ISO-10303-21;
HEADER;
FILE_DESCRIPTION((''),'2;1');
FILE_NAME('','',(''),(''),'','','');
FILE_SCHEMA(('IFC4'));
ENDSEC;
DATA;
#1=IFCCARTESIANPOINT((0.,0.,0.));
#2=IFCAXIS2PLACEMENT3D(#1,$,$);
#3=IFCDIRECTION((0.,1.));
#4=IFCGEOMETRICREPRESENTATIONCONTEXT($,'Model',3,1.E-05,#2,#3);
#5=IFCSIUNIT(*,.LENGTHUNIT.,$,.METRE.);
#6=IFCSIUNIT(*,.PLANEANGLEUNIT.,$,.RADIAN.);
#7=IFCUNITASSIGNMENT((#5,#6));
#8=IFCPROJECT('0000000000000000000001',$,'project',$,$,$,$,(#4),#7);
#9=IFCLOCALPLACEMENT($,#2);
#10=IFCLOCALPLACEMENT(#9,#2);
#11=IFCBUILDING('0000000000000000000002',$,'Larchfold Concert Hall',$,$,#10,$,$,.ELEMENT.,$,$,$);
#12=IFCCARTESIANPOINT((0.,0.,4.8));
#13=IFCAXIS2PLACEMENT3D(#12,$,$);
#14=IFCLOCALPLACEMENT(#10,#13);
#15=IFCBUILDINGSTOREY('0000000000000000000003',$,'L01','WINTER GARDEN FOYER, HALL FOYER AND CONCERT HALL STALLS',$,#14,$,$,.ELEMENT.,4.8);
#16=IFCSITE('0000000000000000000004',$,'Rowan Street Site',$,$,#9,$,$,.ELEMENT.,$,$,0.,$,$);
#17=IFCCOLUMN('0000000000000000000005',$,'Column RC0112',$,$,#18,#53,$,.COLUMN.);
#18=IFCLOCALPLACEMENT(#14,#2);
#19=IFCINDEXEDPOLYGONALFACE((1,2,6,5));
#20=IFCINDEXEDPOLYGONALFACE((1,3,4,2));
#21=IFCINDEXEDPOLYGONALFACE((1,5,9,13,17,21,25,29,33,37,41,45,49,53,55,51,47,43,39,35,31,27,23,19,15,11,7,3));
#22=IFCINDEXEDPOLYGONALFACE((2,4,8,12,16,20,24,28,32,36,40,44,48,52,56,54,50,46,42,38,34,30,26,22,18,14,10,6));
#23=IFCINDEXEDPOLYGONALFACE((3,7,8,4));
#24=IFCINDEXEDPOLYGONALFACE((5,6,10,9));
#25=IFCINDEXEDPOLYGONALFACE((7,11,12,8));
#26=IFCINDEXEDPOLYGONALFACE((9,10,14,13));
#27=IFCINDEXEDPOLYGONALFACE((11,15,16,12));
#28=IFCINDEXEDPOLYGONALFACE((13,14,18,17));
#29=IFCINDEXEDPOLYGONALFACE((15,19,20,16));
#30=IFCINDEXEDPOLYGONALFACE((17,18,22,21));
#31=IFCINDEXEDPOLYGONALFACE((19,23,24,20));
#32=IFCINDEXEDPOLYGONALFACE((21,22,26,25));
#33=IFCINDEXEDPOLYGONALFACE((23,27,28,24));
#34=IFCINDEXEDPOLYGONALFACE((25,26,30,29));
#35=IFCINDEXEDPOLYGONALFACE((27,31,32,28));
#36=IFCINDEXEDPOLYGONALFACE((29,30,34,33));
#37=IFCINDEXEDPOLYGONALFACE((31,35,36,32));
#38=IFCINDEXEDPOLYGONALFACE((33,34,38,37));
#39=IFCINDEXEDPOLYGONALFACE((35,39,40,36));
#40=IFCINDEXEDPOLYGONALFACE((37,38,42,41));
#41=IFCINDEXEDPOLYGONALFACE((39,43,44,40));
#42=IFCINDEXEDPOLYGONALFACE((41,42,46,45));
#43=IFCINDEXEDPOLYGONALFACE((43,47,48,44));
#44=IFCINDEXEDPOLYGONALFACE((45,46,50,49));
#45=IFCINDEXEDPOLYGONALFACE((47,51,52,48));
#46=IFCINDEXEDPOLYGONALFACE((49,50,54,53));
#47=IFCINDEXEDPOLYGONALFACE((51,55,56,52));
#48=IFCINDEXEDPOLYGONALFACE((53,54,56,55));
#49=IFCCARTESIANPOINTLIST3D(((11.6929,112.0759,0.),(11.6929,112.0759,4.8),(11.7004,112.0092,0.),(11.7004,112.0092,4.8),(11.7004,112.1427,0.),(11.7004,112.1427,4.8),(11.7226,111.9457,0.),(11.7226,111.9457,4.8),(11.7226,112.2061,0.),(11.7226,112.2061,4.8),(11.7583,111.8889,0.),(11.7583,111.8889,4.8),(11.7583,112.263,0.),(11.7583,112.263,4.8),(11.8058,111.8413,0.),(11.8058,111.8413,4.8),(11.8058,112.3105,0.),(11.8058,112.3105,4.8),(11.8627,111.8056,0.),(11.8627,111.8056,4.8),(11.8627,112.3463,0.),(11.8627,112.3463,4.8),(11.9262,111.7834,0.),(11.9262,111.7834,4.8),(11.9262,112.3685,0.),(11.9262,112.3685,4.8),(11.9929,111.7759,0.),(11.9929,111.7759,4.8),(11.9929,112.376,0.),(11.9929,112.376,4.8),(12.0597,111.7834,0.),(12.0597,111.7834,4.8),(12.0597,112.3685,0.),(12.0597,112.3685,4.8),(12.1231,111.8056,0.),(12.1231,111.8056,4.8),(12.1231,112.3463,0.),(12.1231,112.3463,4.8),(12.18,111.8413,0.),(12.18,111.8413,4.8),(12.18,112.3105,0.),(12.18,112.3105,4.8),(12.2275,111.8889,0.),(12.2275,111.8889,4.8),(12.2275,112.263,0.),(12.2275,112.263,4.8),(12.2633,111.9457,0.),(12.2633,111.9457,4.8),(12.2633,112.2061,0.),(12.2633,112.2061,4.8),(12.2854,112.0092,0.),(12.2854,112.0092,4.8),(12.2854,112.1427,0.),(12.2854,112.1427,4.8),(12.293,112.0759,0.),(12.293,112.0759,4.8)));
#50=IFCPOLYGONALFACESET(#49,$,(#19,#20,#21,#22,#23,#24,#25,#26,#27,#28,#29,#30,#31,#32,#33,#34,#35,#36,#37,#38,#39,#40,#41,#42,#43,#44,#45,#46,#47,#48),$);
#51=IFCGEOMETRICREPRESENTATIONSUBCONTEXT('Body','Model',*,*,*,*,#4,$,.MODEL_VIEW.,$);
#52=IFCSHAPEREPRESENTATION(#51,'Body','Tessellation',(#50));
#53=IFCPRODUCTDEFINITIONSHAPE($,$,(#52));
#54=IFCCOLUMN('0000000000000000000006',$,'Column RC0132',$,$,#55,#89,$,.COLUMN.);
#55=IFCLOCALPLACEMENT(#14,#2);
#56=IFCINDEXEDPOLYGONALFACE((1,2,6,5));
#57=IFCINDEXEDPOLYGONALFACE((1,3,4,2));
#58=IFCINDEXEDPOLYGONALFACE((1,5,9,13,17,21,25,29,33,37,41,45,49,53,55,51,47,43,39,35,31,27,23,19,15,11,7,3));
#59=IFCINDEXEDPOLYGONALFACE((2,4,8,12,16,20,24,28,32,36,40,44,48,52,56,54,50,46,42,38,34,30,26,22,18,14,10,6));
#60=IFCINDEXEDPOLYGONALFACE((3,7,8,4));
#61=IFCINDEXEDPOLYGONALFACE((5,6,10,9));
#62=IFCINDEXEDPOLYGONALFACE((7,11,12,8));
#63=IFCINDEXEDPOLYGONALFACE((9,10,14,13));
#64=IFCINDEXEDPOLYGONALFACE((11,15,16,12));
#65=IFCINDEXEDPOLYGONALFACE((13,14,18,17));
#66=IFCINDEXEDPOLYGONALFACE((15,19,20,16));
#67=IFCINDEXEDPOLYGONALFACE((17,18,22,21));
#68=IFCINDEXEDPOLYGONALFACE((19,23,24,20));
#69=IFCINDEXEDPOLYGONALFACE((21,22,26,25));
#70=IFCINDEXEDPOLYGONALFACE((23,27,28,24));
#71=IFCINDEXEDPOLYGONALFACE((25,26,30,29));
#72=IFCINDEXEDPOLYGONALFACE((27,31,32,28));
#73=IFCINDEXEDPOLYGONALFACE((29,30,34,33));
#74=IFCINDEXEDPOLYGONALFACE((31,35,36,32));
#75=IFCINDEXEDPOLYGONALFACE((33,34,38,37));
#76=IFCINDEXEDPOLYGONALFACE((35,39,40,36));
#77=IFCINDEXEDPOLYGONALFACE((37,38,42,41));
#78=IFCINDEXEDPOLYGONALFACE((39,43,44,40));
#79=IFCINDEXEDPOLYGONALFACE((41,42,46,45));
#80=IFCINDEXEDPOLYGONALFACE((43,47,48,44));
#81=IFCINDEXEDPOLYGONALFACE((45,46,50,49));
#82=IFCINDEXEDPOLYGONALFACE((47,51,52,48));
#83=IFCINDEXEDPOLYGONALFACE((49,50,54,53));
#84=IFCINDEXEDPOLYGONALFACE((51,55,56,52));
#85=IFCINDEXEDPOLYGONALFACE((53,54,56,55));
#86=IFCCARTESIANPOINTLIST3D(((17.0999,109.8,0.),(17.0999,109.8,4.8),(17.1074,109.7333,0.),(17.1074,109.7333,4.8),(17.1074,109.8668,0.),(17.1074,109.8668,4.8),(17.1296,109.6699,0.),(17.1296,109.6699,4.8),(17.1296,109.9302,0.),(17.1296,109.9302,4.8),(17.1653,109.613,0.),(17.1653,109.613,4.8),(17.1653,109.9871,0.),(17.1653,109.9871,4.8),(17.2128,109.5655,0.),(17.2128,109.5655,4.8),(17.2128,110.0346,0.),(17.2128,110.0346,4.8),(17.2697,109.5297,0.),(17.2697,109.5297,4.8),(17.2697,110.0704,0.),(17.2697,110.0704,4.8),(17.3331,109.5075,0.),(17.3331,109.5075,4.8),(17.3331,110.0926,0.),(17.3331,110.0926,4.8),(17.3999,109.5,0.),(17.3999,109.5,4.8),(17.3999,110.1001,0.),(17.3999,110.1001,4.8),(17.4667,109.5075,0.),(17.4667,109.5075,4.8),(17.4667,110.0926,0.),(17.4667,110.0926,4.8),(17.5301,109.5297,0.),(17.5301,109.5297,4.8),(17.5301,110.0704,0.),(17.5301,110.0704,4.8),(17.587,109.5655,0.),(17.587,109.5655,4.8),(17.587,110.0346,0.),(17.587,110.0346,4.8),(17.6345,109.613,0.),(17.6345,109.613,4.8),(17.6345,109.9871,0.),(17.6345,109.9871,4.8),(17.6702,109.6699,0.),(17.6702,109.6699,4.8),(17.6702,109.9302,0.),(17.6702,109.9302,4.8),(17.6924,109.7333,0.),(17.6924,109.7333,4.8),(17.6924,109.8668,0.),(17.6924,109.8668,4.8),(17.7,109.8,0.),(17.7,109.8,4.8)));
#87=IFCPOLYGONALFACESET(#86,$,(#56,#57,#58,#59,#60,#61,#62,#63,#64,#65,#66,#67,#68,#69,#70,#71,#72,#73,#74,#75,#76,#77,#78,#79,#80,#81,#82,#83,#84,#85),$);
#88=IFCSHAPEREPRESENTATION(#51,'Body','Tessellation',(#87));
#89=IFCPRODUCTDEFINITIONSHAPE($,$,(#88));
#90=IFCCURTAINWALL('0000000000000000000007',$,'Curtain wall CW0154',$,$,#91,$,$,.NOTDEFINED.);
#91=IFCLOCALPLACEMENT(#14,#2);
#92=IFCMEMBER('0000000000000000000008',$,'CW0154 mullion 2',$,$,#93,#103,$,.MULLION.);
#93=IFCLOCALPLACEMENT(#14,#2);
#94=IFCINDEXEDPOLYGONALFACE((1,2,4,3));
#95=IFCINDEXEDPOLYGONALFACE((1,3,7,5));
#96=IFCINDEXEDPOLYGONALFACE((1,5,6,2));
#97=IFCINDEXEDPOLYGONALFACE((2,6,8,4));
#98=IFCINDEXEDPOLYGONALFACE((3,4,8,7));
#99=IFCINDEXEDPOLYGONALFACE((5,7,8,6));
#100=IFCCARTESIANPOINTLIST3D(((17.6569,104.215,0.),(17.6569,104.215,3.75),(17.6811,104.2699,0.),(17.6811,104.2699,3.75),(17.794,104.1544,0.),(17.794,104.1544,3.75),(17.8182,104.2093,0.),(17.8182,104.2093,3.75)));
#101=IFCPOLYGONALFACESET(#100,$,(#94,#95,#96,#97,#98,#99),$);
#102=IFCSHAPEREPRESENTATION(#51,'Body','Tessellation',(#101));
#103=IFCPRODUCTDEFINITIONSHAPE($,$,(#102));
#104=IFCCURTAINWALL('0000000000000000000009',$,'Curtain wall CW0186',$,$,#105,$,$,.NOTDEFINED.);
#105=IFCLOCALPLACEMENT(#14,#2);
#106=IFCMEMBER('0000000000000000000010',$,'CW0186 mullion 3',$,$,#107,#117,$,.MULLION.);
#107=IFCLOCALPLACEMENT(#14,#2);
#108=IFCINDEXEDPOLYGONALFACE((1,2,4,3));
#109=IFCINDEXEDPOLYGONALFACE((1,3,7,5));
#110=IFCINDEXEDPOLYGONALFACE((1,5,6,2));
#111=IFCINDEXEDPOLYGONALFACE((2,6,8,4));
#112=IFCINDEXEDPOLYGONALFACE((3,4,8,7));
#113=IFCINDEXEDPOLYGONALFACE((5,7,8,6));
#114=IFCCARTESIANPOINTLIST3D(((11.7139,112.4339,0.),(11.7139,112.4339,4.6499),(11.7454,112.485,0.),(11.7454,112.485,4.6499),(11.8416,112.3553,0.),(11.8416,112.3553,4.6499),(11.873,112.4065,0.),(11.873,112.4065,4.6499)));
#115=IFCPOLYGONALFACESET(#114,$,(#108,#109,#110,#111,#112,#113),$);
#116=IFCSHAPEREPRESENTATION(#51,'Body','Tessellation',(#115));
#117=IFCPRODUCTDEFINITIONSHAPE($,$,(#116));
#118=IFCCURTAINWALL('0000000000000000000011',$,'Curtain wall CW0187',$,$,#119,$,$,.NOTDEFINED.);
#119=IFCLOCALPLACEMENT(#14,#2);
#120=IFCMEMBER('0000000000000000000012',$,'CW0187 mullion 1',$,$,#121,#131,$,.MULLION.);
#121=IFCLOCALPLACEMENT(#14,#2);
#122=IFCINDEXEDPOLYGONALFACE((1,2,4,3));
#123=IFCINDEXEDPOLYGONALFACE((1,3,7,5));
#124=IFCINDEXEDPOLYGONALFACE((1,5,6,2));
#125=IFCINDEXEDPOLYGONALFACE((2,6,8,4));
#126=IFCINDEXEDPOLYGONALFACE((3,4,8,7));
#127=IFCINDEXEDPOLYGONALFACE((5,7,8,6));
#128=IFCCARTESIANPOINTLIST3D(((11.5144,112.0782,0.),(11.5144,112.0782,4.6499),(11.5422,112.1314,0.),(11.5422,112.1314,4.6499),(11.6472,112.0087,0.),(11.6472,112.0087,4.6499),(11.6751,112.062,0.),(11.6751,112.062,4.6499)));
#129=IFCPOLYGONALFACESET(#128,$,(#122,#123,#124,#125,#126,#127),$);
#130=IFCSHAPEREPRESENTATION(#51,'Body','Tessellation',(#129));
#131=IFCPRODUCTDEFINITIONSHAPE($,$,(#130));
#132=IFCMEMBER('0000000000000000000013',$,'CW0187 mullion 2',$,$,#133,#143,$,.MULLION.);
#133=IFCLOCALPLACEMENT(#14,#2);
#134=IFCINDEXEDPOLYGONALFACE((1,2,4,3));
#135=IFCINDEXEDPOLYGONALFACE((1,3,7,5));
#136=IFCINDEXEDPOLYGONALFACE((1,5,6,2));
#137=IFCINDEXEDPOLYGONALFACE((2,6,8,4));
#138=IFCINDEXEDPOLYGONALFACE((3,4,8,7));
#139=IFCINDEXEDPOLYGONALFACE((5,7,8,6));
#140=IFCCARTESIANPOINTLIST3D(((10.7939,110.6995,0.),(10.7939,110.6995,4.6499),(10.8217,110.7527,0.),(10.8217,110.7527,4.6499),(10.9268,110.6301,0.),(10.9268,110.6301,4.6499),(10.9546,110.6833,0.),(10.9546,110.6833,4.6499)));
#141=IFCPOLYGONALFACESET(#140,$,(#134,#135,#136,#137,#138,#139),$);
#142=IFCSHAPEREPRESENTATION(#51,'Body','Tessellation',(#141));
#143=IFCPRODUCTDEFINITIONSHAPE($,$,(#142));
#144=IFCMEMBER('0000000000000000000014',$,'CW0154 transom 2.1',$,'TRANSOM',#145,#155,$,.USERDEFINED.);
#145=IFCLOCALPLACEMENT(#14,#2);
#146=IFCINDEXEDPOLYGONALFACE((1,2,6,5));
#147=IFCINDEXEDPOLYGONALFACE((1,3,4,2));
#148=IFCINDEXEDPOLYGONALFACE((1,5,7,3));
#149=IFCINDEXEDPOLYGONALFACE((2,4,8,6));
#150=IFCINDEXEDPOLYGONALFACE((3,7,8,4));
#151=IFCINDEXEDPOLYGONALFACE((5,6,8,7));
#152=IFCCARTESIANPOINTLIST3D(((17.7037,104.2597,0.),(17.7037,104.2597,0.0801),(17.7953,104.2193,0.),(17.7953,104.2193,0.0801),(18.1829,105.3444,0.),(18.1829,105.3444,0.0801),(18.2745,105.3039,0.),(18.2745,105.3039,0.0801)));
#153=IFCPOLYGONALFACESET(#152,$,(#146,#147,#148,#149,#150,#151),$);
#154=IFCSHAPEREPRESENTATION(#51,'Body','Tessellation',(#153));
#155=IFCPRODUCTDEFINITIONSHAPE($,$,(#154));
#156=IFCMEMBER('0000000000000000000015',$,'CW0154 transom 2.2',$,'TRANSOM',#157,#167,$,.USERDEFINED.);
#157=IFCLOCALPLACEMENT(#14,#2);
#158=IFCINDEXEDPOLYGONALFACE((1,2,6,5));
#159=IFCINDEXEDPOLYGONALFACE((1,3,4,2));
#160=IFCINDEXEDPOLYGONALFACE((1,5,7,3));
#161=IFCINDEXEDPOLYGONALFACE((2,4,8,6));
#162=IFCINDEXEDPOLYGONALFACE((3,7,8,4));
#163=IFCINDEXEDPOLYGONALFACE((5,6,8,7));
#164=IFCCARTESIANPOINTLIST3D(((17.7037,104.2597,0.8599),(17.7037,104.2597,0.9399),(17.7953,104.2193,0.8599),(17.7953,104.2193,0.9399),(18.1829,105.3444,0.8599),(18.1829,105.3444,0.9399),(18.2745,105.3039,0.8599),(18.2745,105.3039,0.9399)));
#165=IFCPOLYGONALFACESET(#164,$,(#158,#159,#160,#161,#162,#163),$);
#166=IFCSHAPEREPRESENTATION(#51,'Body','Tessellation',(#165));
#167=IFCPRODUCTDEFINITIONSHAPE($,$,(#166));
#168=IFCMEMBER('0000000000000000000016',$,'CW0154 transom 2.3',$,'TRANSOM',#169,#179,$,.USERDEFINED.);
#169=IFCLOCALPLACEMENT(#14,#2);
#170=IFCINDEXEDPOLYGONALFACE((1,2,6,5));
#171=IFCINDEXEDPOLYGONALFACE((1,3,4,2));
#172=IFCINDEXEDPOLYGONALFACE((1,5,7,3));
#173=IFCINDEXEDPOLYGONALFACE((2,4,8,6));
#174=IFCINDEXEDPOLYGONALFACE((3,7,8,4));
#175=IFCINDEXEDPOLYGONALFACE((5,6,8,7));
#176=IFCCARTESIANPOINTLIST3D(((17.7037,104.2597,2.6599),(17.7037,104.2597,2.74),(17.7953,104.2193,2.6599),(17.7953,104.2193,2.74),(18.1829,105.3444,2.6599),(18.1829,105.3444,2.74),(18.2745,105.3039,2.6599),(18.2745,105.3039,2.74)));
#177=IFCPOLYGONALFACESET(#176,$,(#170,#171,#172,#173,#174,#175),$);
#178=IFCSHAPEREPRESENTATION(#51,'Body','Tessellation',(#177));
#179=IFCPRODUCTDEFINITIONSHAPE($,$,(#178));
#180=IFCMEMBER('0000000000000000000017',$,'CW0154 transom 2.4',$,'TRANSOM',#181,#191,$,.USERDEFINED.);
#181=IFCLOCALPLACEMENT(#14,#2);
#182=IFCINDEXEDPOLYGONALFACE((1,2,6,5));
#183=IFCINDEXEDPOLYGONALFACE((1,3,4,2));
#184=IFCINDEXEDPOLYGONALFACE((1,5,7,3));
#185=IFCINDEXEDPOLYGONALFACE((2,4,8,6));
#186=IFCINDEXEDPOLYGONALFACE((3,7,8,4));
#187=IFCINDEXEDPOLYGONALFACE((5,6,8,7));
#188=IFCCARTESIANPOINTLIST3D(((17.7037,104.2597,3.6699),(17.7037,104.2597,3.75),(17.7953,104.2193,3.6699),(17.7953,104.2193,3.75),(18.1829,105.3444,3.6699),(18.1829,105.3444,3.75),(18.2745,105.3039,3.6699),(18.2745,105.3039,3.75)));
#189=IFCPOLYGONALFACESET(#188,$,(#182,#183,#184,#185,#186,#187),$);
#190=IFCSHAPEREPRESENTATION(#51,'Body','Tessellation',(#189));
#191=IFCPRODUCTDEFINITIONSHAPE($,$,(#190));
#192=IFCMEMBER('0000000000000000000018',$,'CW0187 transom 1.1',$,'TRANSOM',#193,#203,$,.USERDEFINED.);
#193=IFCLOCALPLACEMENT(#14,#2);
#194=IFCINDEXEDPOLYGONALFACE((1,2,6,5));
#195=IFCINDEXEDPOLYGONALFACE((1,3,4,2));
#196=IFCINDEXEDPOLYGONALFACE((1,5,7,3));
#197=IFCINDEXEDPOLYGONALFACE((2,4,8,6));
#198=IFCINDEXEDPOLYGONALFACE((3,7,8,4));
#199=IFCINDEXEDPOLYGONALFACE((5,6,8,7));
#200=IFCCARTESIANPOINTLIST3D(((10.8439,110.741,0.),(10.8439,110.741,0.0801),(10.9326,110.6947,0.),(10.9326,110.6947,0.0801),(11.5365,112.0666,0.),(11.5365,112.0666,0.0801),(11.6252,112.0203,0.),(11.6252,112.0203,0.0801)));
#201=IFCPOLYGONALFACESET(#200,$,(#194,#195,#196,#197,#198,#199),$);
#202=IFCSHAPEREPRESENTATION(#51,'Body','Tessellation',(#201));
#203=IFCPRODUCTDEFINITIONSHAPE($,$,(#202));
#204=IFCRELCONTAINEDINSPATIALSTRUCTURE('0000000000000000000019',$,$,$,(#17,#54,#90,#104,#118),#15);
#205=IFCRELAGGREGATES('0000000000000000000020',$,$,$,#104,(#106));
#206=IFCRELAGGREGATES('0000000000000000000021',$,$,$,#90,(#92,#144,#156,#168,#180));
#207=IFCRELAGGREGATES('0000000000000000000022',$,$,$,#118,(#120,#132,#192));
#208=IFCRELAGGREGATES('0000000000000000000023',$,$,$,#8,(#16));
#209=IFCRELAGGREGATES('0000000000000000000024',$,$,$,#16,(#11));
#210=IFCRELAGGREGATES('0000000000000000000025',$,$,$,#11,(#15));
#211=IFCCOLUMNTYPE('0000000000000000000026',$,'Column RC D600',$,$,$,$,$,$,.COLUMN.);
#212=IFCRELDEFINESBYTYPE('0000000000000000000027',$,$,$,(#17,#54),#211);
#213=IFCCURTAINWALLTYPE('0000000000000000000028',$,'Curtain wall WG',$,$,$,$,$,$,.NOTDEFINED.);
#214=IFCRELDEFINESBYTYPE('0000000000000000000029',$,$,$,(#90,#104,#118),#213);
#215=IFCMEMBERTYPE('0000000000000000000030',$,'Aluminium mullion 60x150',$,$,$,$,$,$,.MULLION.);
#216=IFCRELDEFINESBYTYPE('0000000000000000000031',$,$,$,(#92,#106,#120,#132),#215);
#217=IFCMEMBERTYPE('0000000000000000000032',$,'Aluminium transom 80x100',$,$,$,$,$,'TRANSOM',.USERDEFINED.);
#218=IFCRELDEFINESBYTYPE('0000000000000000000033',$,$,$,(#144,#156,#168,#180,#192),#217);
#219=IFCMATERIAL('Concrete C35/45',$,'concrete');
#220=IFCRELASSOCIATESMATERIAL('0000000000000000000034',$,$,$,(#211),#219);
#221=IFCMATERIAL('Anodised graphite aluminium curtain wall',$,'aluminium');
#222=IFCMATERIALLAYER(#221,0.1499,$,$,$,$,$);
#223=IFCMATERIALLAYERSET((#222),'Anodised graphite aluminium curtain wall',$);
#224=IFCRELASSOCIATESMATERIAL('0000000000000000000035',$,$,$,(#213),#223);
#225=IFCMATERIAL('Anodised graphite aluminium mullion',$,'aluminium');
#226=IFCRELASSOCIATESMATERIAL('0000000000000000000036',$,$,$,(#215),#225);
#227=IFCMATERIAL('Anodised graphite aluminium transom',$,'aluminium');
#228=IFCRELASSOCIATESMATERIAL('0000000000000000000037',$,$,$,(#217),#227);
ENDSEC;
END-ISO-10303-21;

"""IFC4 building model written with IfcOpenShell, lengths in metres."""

from ifc_helpers import new_model, si_unit, direction, frame, origin, origin_2d, place, context, subcontext, project, spatial, rectangle, circle, extrude, material, layer, layer_set, material_profile, profile_set, type_object, element, aggregate, save


model = new_model("IFC4")

# Units and contexts
model_context = context("Model", 3, precision=1e-05, world=origin(), true_north=direction((0.0, 1.0)))
body_context = subcontext(model_context, "Body", "Model", "MODEL_VIEW")
ifc_project = project(units=[si_unit("LENGTHUNIT", "METRE"), si_unit("PLANEANGLEUNIT", "RADIAN")], contexts=[model_context])

# Site, building, storey
site_placement = place(None, origin())
site = spatial("IfcSite", under=ifc_project, at=site_placement, Name="Rowan Street Site", CompositionType="ELEMENT", RefElevation=0.0)
building_placement = place(site_placement, origin())
building = spatial("IfcBuilding", under=site, at=building_placement, Name="Larchfold Concert Hall", CompositionType="ELEMENT")
storey_placement = place(building_placement, frame((0.0, 0.0, 4.8)))
storey = spatial("IfcBuildingStorey", under=building, at=storey_placement, Name="L01", Description="WINTER GARDEN FOYER, HALL FOYER AND CONCERT HALL STALLS", CompositionType="ELEMENT", Elevation=4.8)

# Columns
ifc_material_1 = material(Name="Concrete C35/45", Category="concrete")
ifc_material_profile_1 = material_profile(ifc_material_1, circle(Radius=0.3, at=origin_2d()))
ifc_profile_set_1 = profile_set([ifc_material_profile_1], Name="Concrete C35/45")
column_type = type_object("IfcColumnType", Name="Column RC D600", PredefinedType="COLUMN", material=ifc_profile_set_1)
for number, where, z_axis, x_axis, name in (
    (1, (11.9929, 112.0759, 0.0), (0.0, 0.0, 1.0), (1.0, 0.0, 0.0), "Column RC0112"),
    (2, (17.3999, 109.8, 0.0), (0.0, 0.0, 1.0), (1.0, 0.0, 0.0), "Column RC0132"),
):
    element("IfcColumn", number, at=place(storey_placement, frame(where, z_axis=z_axis, x_axis=x_axis)), inside=storey, type_object=column_type, Name=name, PredefinedType="COLUMN", context=body_context, shape_type="SweptSolid", body=[
        extrude(circle(Radius=0.3, at=origin_2d()), origin(), (0.0, 0.0, 1.0), 4.8),
    ])

# Curtain walls, members
ifc_material_2 = material(Name="Anodised graphite aluminium curtain wall", Category="aluminium")
ifc_layer_1 = layer(ifc_material_2, 0.1499)
ifc_layer_set_1 = layer_set([ifc_layer_1], Name="Anodised graphite aluminium curtain wall")
curtain_wall_type = type_object("IfcCurtainWallType", Name="Curtain wall WG", PredefinedType="NOTDEFINED", material=ifc_layer_set_1)
curtain_wall_1_placement = place(storey_placement, origin())
curtain_wall_1 = element("IfcCurtainWall", 3, at=curtain_wall_1_placement, inside=storey, type_object=curtain_wall_type, Name="Curtain wall CW0154", PredefinedType="NOTDEFINED")
ifc_material_3 = material(Name="Anodised graphite aluminium mullion", Category="aluminium")
ifc_material_profile_2 = material_profile(ifc_material_3, rectangle(XDim=0.1499, YDim=0.0601, at=origin_2d()))
ifc_profile_set_2 = profile_set([ifc_material_profile_2], Name="Anodised graphite aluminium mullion")
member_type_1 = type_object("IfcMemberType", Name="Aluminium mullion 60x150", PredefinedType="MULLION", material=ifc_profile_set_2)
member_1_placement = place(storey_placement, frame((17.7375, 104.2122, 0.0), z_axis=(0.0, 0.0, 1.0), x_axis=(-0.914744, 0.404034, 0.0)))
member_1 = element("IfcMember", 4, at=member_1_placement, type_object=member_type_1, Name="CW0154 mullion 2", PredefinedType="MULLION", context=body_context, shape_type="SweptSolid", body=[
    extrude(rectangle(XDim=0.1499, YDim=0.0601, at=origin_2d()), origin(), (0.0, 0.0, 1.0), 3.75),
])
curtain_wall_2_placement = place(storey_placement, origin())
curtain_wall_2 = element("IfcCurtainWall", 5, at=curtain_wall_2_placement, inside=storey, type_object=curtain_wall_type, Name="Curtain wall CW0186", PredefinedType="NOTDEFINED")
member_2_placement = place(storey_placement, frame((11.7935, 112.4202, 0.0), z_axis=(0.0, 0.0, 1.0), x_axis=(0.851669, -0.524081, 0.0)))
member_2 = element("IfcMember", 6, at=member_2_placement, type_object=member_type_1, Name="CW0186 mullion 3", PredefinedType="MULLION", context=body_context, shape_type="SweptSolid", body=[
    extrude(rectangle(XDim=0.1499, YDim=0.0601, at=origin_2d()), origin(), (0.0, 0.0, 1.0), 4.6499),
])
aggregate(curtain_wall_2, [member_2])

# Curtain wall, members
curtain_wall_3_placement = place(storey_placement, origin())
curtain_wall_3 = element("IfcCurtainWall", 7, at=curtain_wall_3_placement, inside=storey, type_object=curtain_wall_type, Name="Curtain wall CW0187", PredefinedType="NOTDEFINED")
member_3_placement = place(storey_placement, frame((11.5947, 112.0701, 0.0), z_axis=(0.0, 0.0, 1.0), x_axis=(0.886294, -0.463124, 0.0)))
member_3 = element("IfcMember", 8, at=member_3_placement, type_object=member_type_1, Name="CW0187 mullion 1", PredefinedType="MULLION", context=body_context, shape_type="SweptSolid", body=[
    extrude(rectangle(XDim=0.1499, YDim=0.0601, at=origin_2d()), origin(), (0.0, 0.0, 1.0), 4.6499),
])
member_4_placement = place(storey_placement, frame((10.8743, 110.6914, 0.0), z_axis=(0.0, 0.0, 1.0), x_axis=(0.886294, -0.463124, 0.0)))
member_4 = element("IfcMember", 9, at=member_4_placement, type_object=member_type_1, Name="CW0187 mullion 2", PredefinedType="MULLION", context=body_context, shape_type="SweptSolid", body=[
    extrude(rectangle(XDim=0.1499, YDim=0.0601, at=origin_2d()), origin(), (0.0, 0.0, 1.0), 4.6499),
])

# Members
ifc_material_4 = material(Name="Anodised graphite aluminium transom", Category="aluminium")
ifc_material_profile_3 = material_profile(ifc_material_4, rectangle(XDim=0.1001, YDim=0.0801, at=origin_2d()))
ifc_profile_set_3 = profile_set([ifc_material_profile_3], Name="Anodised graphite aluminium transom")
member_type_2 = type_object("IfcMemberType", Name="Aluminium transom 80x100", ElementType="TRANSOM", PredefinedType="USERDEFINED", material=ifc_profile_set_3)
member_5_placement = place(storey_placement, frame((17.7495, 104.2395, 0.04), z_axis=(0.404132, 0.914701, 0.0), x_axis=(-0.914701, 0.404132, 0.0)))
member_5 = element("IfcMember", 10, at=member_5_placement, type_object=member_type_2, Name="CW0154 transom 2.1", ObjectType="TRANSOM", PredefinedType="USERDEFINED", context=body_context, shape_type="SweptSolid", body=[
    extrude(rectangle(XDim=0.1001, YDim=0.0801, at=origin_2d()), origin(), (0.0, 0.0, 1.0), 1.1858),
])
member_6_placement = place(storey_placement, frame((17.7495, 104.2395, 0.8999), z_axis=(0.404132, 0.914701, 0.0), x_axis=(-0.914701, 0.404132, 0.0)))
member_6 = element("IfcMember", 11, at=member_6_placement, type_object=member_type_2, Name="CW0154 transom 2.2", ObjectType="TRANSOM", PredefinedType="USERDEFINED", context=body_context, shape_type="SweptSolid", body=[
    extrude(rectangle(XDim=0.1001, YDim=0.0801, at=origin_2d()), origin(), (0.0, 0.0, 1.0), 1.1858),
])
member_7_placement = place(storey_placement, frame((17.7495, 104.2395, 2.7), z_axis=(0.404132, 0.914701, 0.0), x_axis=(-0.914701, 0.404132, 0.0)))
member_7 = element("IfcMember", 12, at=member_7_placement, type_object=member_type_2, Name="CW0154 transom 2.3", ObjectType="TRANSOM", PredefinedType="USERDEFINED", context=body_context, shape_type="SweptSolid", body=[
    extrude(rectangle(XDim=0.1001, YDim=0.0801, at=origin_2d()), origin(), (0.0, 0.0, 1.0), 1.1858),
])
member_8_placement = place(storey_placement, frame((17.7495, 104.2395, 3.71), z_axis=(0.404132, 0.914701, 0.0), x_axis=(-0.914701, 0.404132, 0.0)))
member_8 = element("IfcMember", 13, at=member_8_placement, type_object=member_type_2, Name="CW0154 transom 2.4", ObjectType="TRANSOM", PredefinedType="USERDEFINED", context=body_context, shape_type="SweptSolid", body=[
    extrude(rectangle(XDim=0.1001, YDim=0.0801, at=origin_2d()), origin(), (0.0, 0.0, 1.0), 1.1858),
])
member_9_placement = place(storey_placement, frame((11.5808, 112.0435, 0.04), z_axis=(-0.463074, -0.88632, 0.0), x_axis=(0.88632, -0.463074, 0.0)))
member_9 = element("IfcMember", 14, at=member_9_placement, type_object=member_type_2, Name="CW0187 transom 1.1", ObjectType="TRANSOM", PredefinedType="USERDEFINED", context=body_context, shape_type="SweptSolid", body=[
    extrude(rectangle(XDim=0.1001, YDim=0.0801, at=origin_2d()), origin(), (0.0, 0.0, 1.0), 1.4956),
])

aggregate(curtain_wall_1, [member_1, member_5, member_6, member_7, member_8])
aggregate(curtain_wall_3, [member_3, member_4, member_9])

save(model, "model.ifc")
